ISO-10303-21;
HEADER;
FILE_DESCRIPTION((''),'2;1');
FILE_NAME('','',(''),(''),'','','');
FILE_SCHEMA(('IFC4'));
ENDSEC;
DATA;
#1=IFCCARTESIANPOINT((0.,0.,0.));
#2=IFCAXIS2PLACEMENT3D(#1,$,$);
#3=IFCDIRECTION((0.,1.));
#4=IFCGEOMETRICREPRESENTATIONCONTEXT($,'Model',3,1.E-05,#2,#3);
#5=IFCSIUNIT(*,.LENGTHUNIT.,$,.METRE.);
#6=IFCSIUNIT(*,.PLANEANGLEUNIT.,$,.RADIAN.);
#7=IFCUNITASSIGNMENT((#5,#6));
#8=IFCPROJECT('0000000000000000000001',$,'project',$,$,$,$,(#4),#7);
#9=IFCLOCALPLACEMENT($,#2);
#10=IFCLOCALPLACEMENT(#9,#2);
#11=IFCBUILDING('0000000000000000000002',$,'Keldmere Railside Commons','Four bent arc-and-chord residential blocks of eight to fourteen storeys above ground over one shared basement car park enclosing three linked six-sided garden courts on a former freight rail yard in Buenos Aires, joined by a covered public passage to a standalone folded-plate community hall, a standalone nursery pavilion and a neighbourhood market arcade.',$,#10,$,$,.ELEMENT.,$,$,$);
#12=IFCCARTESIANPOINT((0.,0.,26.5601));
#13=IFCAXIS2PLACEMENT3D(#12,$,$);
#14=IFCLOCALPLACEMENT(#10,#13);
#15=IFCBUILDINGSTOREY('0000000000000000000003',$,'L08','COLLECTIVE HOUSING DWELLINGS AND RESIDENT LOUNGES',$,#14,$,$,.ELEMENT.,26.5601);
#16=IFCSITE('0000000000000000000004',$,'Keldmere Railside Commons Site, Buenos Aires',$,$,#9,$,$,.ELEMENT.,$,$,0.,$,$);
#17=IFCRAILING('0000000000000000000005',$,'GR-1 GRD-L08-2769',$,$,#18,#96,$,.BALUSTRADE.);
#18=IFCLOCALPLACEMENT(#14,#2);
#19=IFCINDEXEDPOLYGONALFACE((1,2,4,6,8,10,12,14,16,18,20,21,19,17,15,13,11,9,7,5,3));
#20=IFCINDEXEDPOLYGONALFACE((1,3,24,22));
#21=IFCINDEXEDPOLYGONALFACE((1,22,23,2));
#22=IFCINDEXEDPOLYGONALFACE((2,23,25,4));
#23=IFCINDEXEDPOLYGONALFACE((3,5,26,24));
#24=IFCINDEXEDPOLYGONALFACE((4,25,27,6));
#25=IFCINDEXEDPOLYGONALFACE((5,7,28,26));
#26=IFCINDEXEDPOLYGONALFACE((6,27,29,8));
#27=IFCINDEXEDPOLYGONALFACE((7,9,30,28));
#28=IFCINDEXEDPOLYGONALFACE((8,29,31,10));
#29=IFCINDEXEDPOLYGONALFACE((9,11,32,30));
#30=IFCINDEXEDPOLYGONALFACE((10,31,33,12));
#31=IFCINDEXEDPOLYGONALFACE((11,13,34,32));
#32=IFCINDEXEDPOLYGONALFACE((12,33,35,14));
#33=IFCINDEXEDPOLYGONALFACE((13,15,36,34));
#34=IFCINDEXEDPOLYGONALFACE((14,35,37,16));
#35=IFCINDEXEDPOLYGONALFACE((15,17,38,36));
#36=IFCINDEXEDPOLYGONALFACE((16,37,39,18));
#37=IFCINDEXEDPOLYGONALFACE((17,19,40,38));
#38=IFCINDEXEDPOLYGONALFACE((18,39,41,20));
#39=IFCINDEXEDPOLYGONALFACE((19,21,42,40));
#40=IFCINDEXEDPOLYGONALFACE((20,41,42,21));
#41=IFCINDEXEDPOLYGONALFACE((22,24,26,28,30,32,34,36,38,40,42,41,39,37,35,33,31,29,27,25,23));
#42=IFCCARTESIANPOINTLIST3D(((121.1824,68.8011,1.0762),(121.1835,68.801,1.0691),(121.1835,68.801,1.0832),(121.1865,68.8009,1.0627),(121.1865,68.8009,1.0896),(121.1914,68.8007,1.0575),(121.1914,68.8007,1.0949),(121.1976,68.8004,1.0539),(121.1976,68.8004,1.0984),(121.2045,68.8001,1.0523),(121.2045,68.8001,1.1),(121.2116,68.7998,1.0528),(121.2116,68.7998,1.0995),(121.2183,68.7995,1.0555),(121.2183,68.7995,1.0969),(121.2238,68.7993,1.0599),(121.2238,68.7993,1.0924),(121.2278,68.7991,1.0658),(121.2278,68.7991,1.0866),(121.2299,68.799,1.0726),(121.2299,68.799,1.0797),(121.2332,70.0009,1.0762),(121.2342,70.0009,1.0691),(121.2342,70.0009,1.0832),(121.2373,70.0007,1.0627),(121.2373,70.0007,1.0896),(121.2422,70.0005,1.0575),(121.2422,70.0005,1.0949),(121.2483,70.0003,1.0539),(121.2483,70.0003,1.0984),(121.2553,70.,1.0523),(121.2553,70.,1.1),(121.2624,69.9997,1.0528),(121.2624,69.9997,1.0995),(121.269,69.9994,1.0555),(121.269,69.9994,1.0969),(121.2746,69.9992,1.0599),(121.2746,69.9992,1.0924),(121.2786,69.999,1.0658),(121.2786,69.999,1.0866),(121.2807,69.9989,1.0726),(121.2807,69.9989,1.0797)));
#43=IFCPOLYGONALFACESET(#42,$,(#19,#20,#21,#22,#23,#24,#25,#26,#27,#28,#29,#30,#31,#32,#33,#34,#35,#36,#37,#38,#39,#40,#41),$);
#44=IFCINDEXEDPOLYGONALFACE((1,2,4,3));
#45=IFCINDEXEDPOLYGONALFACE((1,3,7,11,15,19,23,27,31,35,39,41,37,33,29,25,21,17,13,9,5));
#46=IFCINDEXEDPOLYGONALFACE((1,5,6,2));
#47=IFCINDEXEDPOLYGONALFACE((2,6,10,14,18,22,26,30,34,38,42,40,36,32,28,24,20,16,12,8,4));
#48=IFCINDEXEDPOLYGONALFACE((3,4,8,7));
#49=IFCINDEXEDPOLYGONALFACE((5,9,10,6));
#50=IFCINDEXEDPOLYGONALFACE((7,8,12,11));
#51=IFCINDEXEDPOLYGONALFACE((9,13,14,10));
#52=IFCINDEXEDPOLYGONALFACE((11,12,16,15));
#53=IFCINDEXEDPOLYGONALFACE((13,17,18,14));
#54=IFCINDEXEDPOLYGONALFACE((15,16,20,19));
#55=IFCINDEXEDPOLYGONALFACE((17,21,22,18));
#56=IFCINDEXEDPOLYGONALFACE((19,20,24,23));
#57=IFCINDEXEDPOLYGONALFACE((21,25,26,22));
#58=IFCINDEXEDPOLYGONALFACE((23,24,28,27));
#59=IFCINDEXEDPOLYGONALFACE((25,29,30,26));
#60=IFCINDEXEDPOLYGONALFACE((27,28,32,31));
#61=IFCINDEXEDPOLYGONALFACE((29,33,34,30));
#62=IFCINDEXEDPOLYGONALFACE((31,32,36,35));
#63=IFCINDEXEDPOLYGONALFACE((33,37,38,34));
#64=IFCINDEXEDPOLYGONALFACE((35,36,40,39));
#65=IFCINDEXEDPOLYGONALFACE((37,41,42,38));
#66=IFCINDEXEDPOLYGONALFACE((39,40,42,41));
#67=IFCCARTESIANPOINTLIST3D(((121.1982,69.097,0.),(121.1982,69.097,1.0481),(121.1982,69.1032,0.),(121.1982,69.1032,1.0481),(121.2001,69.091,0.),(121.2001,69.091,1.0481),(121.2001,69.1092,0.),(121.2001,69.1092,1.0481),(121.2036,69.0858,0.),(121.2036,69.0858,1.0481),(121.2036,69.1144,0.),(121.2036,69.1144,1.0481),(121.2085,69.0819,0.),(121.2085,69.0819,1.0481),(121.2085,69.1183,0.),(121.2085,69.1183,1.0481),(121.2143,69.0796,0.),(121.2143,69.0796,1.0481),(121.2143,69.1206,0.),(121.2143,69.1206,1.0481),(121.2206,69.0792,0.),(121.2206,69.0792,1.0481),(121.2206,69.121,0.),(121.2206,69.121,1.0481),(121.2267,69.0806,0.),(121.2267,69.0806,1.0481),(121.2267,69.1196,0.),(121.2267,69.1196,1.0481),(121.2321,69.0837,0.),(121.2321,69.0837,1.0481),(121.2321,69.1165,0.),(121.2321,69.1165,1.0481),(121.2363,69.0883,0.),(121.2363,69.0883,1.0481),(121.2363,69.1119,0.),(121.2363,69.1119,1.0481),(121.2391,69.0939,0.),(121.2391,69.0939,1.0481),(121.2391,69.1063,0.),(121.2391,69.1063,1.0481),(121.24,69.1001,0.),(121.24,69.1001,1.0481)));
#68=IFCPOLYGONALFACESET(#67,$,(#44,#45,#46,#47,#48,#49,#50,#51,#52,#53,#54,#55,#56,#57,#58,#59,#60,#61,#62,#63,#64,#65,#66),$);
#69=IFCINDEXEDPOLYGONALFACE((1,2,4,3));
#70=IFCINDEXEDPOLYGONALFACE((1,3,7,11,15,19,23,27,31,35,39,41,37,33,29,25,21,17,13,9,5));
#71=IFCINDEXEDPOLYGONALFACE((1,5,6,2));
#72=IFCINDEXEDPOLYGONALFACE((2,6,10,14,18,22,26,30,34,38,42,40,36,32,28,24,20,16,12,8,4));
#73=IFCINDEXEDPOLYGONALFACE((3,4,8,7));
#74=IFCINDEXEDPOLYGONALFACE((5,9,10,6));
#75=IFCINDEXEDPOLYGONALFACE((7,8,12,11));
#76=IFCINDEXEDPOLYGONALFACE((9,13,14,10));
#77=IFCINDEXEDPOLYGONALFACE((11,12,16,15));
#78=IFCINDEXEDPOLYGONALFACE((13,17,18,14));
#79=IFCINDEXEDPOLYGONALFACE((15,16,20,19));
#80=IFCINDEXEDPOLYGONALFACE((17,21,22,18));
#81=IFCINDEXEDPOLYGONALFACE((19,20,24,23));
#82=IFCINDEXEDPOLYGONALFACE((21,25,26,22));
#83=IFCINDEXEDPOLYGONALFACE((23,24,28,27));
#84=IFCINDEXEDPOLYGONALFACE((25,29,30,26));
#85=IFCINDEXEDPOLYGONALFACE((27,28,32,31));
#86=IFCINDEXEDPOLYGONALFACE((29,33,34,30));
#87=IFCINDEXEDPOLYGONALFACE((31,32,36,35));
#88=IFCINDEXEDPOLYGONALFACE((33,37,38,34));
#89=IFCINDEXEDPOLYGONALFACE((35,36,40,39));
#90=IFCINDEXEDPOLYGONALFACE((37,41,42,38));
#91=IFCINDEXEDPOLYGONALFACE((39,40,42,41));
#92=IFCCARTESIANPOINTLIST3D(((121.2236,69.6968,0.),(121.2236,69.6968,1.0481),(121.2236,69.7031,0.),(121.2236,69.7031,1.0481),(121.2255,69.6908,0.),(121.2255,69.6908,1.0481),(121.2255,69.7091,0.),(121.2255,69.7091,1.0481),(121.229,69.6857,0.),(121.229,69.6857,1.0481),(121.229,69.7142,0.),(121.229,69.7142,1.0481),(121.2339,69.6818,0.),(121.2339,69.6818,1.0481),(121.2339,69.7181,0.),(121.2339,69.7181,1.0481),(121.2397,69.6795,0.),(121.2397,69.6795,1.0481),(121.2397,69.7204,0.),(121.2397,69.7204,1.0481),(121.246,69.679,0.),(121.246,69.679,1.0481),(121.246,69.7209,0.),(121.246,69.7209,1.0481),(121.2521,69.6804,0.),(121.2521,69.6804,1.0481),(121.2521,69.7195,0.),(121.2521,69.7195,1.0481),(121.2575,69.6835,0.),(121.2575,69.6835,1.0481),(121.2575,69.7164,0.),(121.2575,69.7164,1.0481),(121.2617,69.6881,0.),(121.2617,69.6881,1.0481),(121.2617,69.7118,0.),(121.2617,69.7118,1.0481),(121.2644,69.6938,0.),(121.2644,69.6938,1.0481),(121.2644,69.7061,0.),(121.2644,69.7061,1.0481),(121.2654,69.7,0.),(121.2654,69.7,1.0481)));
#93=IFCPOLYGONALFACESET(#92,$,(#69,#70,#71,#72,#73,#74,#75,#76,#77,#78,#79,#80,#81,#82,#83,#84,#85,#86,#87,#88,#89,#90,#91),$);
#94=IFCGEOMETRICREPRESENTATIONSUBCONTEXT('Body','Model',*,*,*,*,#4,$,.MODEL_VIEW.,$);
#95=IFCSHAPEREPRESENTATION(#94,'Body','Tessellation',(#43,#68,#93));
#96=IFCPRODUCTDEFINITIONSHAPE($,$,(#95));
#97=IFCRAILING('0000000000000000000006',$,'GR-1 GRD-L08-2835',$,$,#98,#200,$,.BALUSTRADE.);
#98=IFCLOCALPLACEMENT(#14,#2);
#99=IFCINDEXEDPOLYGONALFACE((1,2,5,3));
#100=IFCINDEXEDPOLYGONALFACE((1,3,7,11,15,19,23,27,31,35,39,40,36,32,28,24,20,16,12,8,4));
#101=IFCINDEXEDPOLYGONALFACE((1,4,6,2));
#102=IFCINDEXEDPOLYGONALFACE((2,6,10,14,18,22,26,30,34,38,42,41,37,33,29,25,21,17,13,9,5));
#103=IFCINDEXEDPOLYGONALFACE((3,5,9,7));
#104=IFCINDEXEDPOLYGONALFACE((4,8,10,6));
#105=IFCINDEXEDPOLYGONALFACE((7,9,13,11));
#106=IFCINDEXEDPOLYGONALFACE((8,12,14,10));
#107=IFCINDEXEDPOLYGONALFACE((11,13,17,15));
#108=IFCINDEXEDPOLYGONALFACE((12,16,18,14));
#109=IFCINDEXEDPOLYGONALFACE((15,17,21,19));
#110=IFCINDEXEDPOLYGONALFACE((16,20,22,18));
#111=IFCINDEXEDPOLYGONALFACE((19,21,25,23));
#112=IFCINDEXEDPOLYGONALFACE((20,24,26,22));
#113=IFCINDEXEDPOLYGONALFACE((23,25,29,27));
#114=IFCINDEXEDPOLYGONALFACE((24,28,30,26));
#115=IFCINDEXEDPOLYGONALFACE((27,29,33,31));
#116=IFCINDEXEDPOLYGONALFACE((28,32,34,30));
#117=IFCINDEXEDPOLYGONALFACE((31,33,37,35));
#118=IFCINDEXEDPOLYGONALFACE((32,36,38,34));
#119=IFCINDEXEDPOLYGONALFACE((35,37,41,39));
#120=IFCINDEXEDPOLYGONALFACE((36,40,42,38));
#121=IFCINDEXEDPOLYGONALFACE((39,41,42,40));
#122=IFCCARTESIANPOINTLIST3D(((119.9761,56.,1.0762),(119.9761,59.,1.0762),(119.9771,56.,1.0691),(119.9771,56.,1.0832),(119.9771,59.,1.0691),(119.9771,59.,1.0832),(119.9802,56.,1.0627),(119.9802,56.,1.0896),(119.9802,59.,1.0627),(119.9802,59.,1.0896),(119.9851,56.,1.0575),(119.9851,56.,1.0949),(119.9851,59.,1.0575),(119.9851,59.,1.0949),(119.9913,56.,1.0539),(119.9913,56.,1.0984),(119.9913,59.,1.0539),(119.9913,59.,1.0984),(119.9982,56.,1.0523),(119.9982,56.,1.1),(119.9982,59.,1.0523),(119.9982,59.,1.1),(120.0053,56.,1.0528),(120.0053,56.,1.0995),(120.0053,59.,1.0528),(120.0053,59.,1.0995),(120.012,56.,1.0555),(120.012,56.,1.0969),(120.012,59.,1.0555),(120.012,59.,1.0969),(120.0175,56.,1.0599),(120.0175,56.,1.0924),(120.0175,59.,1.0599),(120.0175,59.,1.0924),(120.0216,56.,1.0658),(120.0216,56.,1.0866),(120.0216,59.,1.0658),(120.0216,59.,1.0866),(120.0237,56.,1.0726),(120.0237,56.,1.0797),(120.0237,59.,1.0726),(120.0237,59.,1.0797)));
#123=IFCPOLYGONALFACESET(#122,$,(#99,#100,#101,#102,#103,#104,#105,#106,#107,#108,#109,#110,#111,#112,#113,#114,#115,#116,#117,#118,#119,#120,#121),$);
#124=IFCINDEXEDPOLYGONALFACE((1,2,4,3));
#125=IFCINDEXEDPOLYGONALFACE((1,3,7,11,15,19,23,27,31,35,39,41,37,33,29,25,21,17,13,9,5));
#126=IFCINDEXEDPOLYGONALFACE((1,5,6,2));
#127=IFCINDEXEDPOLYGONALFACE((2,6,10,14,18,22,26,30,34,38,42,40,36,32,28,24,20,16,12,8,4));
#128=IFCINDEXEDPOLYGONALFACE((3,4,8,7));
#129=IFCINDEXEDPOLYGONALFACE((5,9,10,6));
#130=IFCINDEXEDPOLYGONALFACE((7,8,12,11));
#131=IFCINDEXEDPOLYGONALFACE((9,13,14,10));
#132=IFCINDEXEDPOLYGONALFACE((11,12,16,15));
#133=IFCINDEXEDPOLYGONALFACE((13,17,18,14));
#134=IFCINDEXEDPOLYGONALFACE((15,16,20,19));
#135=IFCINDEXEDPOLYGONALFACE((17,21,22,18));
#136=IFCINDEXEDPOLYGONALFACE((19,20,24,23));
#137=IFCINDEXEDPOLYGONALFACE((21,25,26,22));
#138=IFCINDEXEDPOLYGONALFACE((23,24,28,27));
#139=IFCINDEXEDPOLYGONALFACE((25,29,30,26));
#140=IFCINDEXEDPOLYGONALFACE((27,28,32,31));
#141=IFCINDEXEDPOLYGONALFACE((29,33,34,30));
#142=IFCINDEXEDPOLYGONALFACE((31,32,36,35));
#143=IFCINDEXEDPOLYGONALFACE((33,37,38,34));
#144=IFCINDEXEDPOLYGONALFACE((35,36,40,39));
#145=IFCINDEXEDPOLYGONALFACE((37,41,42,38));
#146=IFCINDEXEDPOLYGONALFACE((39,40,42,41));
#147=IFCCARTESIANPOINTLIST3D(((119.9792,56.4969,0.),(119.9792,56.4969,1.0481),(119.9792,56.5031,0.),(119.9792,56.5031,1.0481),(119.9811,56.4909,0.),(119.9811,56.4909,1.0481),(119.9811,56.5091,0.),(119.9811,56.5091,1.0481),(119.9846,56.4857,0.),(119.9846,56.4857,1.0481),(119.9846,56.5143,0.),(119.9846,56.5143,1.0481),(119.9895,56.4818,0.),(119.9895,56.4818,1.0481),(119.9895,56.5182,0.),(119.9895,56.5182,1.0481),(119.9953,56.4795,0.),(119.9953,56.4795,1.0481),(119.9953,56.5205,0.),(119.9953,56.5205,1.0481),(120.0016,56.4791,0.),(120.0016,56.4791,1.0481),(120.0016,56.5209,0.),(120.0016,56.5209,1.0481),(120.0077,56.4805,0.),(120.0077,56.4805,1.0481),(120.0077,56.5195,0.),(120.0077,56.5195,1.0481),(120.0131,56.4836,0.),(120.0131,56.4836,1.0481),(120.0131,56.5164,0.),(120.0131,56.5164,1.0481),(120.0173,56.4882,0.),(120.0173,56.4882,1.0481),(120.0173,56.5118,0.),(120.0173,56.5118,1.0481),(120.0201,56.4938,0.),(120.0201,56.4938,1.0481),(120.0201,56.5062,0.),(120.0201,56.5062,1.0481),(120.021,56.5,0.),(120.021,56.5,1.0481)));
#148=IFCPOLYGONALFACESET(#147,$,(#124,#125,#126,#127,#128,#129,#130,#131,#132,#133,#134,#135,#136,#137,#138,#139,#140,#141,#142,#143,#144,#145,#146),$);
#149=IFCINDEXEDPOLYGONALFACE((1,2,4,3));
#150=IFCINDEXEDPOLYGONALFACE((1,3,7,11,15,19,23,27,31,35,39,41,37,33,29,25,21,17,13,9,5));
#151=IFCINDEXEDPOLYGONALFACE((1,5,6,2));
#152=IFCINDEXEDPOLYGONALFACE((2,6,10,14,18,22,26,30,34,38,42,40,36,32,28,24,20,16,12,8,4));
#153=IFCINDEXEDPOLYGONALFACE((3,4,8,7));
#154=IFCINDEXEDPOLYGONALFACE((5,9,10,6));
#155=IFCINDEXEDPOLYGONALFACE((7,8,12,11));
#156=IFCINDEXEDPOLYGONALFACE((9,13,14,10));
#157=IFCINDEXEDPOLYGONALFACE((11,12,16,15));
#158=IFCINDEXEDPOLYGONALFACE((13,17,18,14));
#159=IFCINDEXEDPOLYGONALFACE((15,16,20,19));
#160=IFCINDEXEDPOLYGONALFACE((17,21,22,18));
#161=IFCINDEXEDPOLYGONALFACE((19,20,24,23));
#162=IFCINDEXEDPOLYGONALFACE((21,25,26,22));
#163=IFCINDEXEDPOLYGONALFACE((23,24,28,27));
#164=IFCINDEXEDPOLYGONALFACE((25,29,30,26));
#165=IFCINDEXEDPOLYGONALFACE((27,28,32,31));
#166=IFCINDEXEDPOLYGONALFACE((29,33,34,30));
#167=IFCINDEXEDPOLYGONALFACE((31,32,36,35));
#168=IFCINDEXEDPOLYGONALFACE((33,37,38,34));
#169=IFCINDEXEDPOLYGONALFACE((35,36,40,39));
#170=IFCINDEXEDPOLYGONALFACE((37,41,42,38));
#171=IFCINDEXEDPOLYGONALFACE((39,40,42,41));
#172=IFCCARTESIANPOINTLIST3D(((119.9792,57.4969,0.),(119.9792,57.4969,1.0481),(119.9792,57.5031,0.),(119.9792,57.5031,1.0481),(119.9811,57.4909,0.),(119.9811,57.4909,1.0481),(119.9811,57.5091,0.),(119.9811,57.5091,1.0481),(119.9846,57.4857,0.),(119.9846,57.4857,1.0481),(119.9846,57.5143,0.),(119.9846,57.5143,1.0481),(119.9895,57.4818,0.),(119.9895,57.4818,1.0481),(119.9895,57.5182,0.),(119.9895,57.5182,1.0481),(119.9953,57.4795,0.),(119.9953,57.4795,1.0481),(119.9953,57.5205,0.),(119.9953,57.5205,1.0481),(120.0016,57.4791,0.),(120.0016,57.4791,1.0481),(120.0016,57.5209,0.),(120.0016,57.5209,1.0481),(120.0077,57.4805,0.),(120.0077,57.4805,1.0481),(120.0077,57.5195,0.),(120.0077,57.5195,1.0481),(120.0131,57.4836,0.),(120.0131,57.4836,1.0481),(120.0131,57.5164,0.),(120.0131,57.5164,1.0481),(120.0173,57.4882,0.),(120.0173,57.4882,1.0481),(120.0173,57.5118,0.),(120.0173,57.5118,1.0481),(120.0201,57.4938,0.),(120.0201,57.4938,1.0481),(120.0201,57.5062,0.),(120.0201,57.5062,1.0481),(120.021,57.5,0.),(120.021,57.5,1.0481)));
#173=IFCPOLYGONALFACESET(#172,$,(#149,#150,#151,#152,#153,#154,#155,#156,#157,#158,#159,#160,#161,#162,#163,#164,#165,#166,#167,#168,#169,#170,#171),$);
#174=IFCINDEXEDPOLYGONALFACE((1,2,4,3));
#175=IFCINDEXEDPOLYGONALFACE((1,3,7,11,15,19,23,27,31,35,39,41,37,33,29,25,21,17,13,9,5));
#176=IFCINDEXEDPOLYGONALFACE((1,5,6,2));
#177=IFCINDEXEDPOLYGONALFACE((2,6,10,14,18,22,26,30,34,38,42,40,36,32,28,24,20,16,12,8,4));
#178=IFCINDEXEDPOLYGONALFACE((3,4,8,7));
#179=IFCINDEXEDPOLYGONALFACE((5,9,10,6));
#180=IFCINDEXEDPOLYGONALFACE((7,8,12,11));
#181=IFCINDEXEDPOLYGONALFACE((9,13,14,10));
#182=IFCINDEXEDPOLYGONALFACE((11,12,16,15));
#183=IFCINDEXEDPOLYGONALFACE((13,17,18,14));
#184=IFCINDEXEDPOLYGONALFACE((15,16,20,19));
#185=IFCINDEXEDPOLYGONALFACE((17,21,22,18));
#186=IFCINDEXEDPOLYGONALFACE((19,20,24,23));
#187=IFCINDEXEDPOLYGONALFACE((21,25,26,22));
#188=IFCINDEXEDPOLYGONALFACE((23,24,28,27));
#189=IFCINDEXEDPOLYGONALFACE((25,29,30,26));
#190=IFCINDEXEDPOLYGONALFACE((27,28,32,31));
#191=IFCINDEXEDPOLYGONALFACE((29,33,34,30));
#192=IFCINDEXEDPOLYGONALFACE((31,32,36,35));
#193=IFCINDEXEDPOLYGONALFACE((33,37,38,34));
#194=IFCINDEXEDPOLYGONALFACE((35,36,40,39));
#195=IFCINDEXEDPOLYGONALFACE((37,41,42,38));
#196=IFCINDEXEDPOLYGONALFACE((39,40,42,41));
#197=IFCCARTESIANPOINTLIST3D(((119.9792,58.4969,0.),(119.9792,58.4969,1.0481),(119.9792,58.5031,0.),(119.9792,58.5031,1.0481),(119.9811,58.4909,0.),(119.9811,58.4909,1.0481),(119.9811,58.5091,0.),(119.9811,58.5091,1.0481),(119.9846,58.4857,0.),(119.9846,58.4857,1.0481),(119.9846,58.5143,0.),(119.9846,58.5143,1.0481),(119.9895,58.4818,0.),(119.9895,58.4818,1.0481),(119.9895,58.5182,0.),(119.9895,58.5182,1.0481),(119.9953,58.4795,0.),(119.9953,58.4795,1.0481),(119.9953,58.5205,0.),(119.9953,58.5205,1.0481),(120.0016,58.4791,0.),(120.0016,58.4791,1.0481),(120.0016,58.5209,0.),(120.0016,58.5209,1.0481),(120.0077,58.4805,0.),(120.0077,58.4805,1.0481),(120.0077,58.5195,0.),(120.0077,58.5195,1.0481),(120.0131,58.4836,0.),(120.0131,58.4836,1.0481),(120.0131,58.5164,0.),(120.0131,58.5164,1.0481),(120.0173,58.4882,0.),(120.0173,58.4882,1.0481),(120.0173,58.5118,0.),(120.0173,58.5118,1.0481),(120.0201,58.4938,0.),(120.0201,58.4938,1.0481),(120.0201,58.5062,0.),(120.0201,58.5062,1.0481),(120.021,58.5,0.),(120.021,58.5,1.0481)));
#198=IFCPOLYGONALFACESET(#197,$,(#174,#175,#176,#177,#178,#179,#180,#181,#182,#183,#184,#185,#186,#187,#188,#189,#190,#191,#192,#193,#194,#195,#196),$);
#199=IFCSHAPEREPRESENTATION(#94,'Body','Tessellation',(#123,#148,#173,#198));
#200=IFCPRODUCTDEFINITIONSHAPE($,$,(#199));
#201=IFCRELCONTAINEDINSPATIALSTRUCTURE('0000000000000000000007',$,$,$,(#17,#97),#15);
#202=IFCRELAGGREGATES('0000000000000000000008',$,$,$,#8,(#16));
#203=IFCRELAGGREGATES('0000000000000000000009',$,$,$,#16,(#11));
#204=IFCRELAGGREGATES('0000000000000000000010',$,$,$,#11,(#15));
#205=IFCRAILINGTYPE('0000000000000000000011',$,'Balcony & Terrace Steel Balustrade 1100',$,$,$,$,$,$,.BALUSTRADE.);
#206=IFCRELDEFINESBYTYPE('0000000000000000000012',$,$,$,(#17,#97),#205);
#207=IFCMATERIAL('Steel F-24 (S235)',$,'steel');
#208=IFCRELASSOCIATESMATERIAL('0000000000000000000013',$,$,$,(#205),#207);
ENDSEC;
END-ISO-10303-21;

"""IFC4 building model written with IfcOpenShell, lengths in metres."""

from ifc_helpers import new_model, si_unit, direction, frame, origin, origin_2d, place, context, subcontext, project, spatial, circle, extrude, material, type_object, element, save


model = new_model("IFC4")

# Units and contexts
model_context = context("Model", 3, precision=1e-05, world=origin(), true_north=direction((0.0, 1.0)))
body_context = subcontext(model_context, "Body", "Model", "MODEL_VIEW")
ifc_project = project(units=[si_unit("LENGTHUNIT", "METRE"), si_unit("PLANEANGLEUNIT", "RADIAN")], contexts=[model_context])

# Site, building, storey
site_placement = place(None, origin())
site = spatial("IfcSite", under=ifc_project, at=site_placement, Name="Keldmere Railside Commons Site, Buenos Aires", CompositionType="ELEMENT", RefElevation=0.0)
building_placement = place(site_placement, origin())
building = spatial("IfcBuilding", under=site, at=building_placement, Name="Keldmere Railside Commons", Description="Four bent arc-and-chord residential blocks of eight to fourteen storeys above ground over one shared basement car park enclosing three linked six-sided garden courts on a former freight rail yard in Buenos Aires, joined by a covered public passage to a standalone folded-plate community hall, a standalone nursery pavilion and a neighbourhood market arcade.", CompositionType="ELEMENT")
storey_placement = place(building_placement, frame((0.0, 0.0, 26.5601)))
storey = spatial("IfcBuildingStorey", under=building, at=storey_placement, Name="L08", Description="COLLECTIVE HOUSING DWELLINGS AND RESIDENT LOUNGES", CompositionType="ELEMENT", Elevation=26.5601)

# Railings
ifc_material_1 = material(Name="Steel F-24 (S235)", Category="steel")
railing_type = type_object("IfcRailingType", Name="Balcony & Terrace Steel Balustrade 1100", PredefinedType="BALUSTRADE", material=ifc_material_1)
railing_1_placement = place(storey_placement, frame((121.2063, 68.8, 0.0)))
element("IfcRailing", 1, at=railing_1_placement, inside=storey, type_object=railing_type, Name="GR-1 GRD-L08-2769", PredefinedType="BALUSTRADE", context=body_context, shape_type="SweptSolid", body=[
    extrude(circle(Radius=0.0239, at=origin_2d()), frame((0.0, 0.0, 1.0762), z_axis=(0.042282, 0.999106, 0.0), x_axis=(-0.999106, 0.042282, 0.0)), (0.0, 0.0, 1.0), 1.2009),
    extrude(circle(Radius=0.021, at=origin_2d()), frame((0.0127, 0.3, 0.0)), (0.0, 0.0, 1.0), 1.0481),
    extrude(circle(Radius=0.021, at=origin_2d()), frame((0.0381, 0.8999, 0.0)), (0.0, 0.0, 1.0), 1.0481),
])
railing_2_placement = place(storey_placement, frame((120.0, 56.0, 0.0)))
element("IfcRailing", 2, at=railing_2_placement, inside=storey, type_object=railing_type, Name="GR-1 GRD-L08-2835", PredefinedType="BALUSTRADE", context=body_context, shape_type="SweptSolid", body=[
    extrude(circle(Radius=0.0239, at=origin_2d()), frame((0.0, 0.0, 1.0762), z_axis=(0.0, 1.0, 0.0), x_axis=(-1.0, 0.0, 0.0)), (0.0, 0.0, 1.0), 3.0),
    extrude(circle(Radius=0.021, at=origin_2d()), frame((0.0, 0.5, 0.0)), (0.0, 0.0, 1.0), 1.0481),
    extrude(circle(Radius=0.021, at=origin_2d()), frame((0.0, 1.5, 0.0)), (0.0, 0.0, 1.0), 1.0481),
    extrude(circle(Radius=0.021, at=origin_2d()), frame((0.0, 2.5, 0.0)), (0.0, 0.0, 1.0), 1.0481),
])

save(model, "model.ifc")
